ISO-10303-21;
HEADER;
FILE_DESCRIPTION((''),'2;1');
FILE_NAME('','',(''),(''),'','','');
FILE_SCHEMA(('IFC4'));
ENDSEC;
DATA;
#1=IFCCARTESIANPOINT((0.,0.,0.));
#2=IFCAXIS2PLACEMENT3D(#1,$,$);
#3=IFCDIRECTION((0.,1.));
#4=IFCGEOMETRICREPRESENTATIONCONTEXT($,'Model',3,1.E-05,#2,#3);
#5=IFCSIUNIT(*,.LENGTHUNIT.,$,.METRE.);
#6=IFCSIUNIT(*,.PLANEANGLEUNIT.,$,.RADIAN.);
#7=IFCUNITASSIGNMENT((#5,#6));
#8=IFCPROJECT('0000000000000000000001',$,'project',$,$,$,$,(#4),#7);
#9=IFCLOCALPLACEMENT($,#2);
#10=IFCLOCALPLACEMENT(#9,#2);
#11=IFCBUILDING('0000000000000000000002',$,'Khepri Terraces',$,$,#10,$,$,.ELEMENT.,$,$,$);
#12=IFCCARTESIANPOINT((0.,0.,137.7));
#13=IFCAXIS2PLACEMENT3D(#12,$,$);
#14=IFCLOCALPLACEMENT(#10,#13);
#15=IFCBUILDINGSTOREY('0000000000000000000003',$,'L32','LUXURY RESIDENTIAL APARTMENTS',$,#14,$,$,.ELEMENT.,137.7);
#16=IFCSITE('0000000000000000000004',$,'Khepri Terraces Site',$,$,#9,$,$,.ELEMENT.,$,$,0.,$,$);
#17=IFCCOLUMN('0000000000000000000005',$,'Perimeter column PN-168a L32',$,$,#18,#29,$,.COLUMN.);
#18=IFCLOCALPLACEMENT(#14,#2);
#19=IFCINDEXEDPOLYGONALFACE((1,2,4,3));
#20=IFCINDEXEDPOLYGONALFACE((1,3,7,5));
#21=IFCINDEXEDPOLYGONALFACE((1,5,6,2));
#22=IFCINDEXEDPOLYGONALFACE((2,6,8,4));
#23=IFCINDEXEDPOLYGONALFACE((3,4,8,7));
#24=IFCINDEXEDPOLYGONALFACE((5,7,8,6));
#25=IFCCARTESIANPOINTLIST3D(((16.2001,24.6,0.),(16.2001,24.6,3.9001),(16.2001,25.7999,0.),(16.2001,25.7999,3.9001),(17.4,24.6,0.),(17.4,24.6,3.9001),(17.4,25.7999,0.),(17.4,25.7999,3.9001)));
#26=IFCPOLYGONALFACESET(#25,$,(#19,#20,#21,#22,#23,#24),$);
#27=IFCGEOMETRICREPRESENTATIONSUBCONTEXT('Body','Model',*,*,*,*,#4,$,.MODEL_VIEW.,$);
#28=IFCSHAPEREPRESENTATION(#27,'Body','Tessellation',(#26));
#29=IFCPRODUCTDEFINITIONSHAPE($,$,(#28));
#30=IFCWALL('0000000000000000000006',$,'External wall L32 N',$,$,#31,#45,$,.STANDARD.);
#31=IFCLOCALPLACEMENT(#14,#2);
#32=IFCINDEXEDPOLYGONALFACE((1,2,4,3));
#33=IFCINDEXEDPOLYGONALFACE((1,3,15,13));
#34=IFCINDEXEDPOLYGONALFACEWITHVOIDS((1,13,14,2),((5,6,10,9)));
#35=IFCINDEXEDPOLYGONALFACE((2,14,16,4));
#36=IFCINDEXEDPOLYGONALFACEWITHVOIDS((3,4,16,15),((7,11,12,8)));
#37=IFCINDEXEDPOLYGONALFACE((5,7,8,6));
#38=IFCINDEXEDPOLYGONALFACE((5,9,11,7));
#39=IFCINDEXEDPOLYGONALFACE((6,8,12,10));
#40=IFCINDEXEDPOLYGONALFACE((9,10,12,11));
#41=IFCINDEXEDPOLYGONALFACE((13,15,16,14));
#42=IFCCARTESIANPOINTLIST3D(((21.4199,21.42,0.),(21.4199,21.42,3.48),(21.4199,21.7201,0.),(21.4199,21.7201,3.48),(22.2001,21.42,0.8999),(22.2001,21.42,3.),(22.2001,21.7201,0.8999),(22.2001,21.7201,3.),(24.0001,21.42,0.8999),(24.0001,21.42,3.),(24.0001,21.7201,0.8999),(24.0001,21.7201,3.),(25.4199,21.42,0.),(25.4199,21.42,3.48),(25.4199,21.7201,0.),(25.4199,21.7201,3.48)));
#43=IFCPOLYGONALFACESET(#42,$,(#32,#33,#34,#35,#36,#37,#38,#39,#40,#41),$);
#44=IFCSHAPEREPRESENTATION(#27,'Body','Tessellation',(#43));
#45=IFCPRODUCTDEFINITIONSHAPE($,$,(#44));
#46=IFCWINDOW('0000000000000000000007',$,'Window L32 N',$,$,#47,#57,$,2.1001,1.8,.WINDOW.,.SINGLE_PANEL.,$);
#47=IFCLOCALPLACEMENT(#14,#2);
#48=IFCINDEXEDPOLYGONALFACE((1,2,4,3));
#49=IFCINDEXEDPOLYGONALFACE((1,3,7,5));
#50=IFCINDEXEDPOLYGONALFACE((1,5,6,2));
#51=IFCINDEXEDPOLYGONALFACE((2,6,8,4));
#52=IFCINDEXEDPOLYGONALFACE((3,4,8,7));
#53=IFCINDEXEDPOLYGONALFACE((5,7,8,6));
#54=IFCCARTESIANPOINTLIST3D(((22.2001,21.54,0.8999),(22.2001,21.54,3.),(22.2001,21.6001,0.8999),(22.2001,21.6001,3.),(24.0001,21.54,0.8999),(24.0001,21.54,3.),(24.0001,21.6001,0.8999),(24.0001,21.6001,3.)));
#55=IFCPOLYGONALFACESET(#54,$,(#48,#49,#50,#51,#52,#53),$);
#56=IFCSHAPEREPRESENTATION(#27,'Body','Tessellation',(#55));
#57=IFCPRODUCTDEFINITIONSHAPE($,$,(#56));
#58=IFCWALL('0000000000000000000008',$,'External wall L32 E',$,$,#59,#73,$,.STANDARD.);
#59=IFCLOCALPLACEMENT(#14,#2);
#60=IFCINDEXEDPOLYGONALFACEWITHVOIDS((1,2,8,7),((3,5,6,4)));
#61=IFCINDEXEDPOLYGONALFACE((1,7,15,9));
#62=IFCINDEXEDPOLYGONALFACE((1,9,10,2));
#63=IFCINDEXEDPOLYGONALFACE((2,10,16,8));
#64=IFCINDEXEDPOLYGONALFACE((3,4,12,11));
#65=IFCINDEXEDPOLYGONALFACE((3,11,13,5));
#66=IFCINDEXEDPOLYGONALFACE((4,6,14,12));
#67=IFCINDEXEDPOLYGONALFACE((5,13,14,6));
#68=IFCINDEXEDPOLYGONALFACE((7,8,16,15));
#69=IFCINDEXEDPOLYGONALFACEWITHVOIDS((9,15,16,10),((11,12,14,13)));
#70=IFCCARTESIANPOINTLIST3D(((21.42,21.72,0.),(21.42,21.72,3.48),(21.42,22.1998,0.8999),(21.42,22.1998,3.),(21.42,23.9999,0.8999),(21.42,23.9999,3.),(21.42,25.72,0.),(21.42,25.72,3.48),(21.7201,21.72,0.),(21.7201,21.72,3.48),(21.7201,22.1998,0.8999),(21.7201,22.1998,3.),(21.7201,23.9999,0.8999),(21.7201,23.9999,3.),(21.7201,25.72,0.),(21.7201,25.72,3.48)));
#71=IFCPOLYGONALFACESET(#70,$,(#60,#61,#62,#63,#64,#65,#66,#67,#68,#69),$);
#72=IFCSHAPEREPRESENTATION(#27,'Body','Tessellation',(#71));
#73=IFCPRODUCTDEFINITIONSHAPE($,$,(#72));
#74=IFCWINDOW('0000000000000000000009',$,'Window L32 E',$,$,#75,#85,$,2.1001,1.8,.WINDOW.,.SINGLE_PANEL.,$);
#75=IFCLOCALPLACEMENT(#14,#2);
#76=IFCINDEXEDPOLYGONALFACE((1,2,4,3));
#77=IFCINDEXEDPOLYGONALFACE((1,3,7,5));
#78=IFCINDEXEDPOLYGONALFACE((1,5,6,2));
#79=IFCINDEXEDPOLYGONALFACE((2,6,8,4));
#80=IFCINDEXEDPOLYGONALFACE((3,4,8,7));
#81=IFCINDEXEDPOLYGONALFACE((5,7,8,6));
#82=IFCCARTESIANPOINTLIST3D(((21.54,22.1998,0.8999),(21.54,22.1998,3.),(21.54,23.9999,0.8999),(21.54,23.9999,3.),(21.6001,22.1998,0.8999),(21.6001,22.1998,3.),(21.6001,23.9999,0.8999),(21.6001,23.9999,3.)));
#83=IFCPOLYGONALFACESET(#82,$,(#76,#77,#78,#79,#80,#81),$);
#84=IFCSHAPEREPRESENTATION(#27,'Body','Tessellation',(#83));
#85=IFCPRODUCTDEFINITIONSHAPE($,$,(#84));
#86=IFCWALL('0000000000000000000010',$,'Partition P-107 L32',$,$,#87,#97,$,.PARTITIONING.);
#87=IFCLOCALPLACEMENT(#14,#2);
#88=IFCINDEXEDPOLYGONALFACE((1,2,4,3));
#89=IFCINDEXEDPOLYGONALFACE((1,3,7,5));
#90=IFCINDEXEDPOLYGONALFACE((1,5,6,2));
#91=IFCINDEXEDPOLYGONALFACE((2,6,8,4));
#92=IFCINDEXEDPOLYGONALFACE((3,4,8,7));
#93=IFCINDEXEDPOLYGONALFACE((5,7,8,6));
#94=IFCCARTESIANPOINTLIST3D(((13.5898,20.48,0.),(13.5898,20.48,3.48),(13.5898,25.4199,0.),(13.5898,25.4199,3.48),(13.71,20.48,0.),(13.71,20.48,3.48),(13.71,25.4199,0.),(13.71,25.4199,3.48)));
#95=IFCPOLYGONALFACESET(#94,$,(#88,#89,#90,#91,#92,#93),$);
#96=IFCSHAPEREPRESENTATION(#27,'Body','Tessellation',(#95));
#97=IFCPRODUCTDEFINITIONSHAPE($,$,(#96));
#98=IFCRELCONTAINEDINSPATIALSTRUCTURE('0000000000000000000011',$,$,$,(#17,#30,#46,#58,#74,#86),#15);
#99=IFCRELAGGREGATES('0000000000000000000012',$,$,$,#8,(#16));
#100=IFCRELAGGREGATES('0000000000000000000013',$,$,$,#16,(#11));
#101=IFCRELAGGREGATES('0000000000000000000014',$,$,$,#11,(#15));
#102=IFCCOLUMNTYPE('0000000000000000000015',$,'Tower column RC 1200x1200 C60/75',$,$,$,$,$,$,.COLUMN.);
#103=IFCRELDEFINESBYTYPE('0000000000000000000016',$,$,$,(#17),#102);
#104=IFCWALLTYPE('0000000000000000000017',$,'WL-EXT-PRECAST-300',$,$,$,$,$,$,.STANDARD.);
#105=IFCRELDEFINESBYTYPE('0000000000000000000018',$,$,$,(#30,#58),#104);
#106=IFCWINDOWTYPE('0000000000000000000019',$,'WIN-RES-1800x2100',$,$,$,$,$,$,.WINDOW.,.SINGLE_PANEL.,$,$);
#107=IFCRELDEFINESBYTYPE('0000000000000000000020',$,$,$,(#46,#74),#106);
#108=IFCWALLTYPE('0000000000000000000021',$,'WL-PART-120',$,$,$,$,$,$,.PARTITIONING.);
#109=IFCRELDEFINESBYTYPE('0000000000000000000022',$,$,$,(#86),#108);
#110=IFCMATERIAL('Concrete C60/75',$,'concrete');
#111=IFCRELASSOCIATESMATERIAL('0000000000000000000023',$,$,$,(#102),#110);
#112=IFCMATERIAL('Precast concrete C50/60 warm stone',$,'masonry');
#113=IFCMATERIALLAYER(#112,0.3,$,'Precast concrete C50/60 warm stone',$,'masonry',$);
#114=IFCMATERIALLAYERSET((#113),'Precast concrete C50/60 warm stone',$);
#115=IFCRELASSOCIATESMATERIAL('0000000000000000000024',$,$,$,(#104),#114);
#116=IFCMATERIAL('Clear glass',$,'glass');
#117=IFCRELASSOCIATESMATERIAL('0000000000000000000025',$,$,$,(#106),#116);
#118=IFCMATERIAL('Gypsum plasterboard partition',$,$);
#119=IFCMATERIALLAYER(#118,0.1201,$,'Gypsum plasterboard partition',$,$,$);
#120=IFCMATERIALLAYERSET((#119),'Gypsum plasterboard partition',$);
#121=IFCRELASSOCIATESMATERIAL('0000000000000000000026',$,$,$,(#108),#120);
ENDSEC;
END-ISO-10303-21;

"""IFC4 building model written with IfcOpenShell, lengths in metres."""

from ifc_helpers import new_model, si_unit, direction, frame, frame_2d, origin, origin_2d, place, context, subcontext, project, spatial, rectangle, extrude, material, layer, layer_set, material_profile, profile_set, type_object, element, fill, save


model = new_model("IFC4")

# Units and contexts
model_context = context("Model", 3, precision=1e-05, world=origin(), true_north=direction((0.0, 1.0)))
body_context = subcontext(model_context, "Body", "Model", "MODEL_VIEW")
ifc_project = project(units=[si_unit("LENGTHUNIT", "METRE"), si_unit("PLANEANGLEUNIT", "RADIAN")], contexts=[model_context])

# Site, building, storey
site_placement = place(None, origin())
site = spatial("IfcSite", under=ifc_project, at=site_placement, Name="Khepri Terraces Site", CompositionType="ELEMENT", RefElevation=0.0)
building_placement = place(site_placement, origin())
building = spatial("IfcBuilding", under=site, at=building_placement, Name="Khepri Terraces", CompositionType="ELEMENT")
storey_placement = place(building_placement, frame((0.0, 0.0, 137.7)))
storey = spatial("IfcBuildingStorey", under=building, at=storey_placement, Name="L32", Description="LUXURY RESIDENTIAL APARTMENTS", CompositionType="ELEMENT", Elevation=137.7)

# Column
ifc_material_1 = material(Name="Concrete C60/75", Category="concrete")
ifc_material_profile = material_profile(ifc_material_1, rectangle(XDim=1.2, YDim=1.2, at=origin_2d()), Name="Concrete C60/75", Category="concrete")
ifc_profile_set = profile_set([ifc_material_profile], Name="Concrete C60/75")
column_type = type_object("IfcColumnType", Name="Tower column RC 1200x1200 C60/75", PredefinedType="COLUMN", material=ifc_profile_set)
column_placement = place(storey_placement, frame((16.8, 25.2, 0.0), z_axis=(0.0, 0.0, 1.0), x_axis=(1.0, 0.0, 0.0)))
element("IfcColumn", 1, at=column_placement, inside=storey, type_object=column_type, Name="Perimeter column PN-168a L32", PredefinedType="COLUMN", context=body_context, shape_type="SweptSolid", body=[
    extrude(rectangle(XDim=1.2, YDim=1.2, at=origin_2d()), origin(), (0.0, 0.0, 1.0), 3.9001),
])

# Walls, openings, windows
ifc_material_2 = material(Name="Precast concrete C50/60 warm stone", Category="masonry")
ifc_layer_1 = layer(ifc_material_2, 0.3, Name="Precast concrete C50/60 warm stone", Category="masonry")
ifc_layer_set_1 = layer_set([ifc_layer_1], Name="Precast concrete C50/60 warm stone")
wall_type_1 = type_object("IfcWallType", Name="WL-EXT-PRECAST-300", PredefinedType="STANDARD", material=ifc_layer_set_1)
wall_1_placement = place(storey_placement, frame((25.4199, 21.5701, 0.0), z_axis=(0.0, 0.0, 1.0), x_axis=(-1.0, 0.0, 0.0)))
wall_1 = element("IfcWall", 2, at=wall_1_placement, inside=storey, type_object=wall_type_1, Name="External wall L32 N", PredefinedType="STANDARD", context=body_context, shape_type="SweptSolid", body=[
    extrude(rectangle(XDim=4.0, YDim=0.3, at=frame_2d((2.0, 0.0))), origin(), (0.0, 0.0, 1.0), 3.48),
])
opening_1_placement = place(wall_1_placement, frame((1.4199, 0.0, 0.8999)))
opening_1 = element("IfcOpeningElement", 3, at=opening_1_placement, cuts=wall_1, PredefinedType="OPENING", context=body_context, shape_type="SweptSolid", body=[
    extrude(rectangle(XDim=1.8, YDim=2.1001, at=frame_2d((0.8999, 1.05))), frame((0.0, 0.1602, 0.0), z_axis=(0.0, -1.0, 0.0), x_axis=(1.0, 0.0, 0.0)), (0.0, 0.0, 1.0), 0.3201),
])
ifc_material_3 = material(Name="Clear glass", Category="glass")
window_type = type_object("IfcWindowType", Name="WIN-RES-1800x2100", PartitioningType="SINGLE_PANEL", PredefinedType="WINDOW", material=ifc_material_3)
window_1_placement = place(opening_1_placement, origin())
window_1 = element("IfcWindow", 4, at=window_1_placement, inside=storey, type_object=window_type, Name="Window L32 N", OverallHeight=2.1001, OverallWidth=1.8, PartitioningType="SINGLE_PANEL", PredefinedType="WINDOW", context=body_context, shape_type="SweptSolid", body=[
    extrude(rectangle(XDim=1.8, YDim=2.1001, at=frame_2d((0.8999, 1.05))), frame((0.0, 0.03, 0.0), z_axis=(0.0, -1.0, 0.0), x_axis=(1.0, 0.0, 0.0)), (0.0, 0.0, 1.0), 0.0601),
])
fill(opening_1, window_1)
wall_2_placement = place(storey_placement, frame((21.5701, 21.72, 0.0), z_axis=(0.0, 0.0, 1.0), x_axis=(0.0, 1.0, 0.0)))
wall_2 = element("IfcWall", 5, at=wall_2_placement, inside=storey, type_object=wall_type_1, Name="External wall L32 E", PredefinedType="STANDARD", context=body_context, shape_type="SweptSolid", body=[
    extrude(rectangle(XDim=4.0, YDim=0.3, at=frame_2d((2.0, 0.0))), origin(), (0.0, 0.0, 1.0), 3.48),
])
opening_2_placement = place(wall_2_placement, frame((0.48, 0.0, 0.8999)))
opening_2 = element("IfcOpeningElement", 6, at=opening_2_placement, cuts=wall_2, PredefinedType="OPENING", context=body_context, shape_type="SweptSolid", body=[
    extrude(rectangle(XDim=1.8, YDim=2.1001, at=frame_2d((0.8999, 1.05))), frame((0.0, 0.1602, 0.0), z_axis=(0.0, -1.0, 0.0), x_axis=(1.0, 0.0, 0.0)), (0.0, 0.0, 1.0), 0.3201),
])
window_2_placement = place(opening_2_placement, origin())
window_2 = element("IfcWindow", 7, at=window_2_placement, inside=storey, type_object=window_type, Name="Window L32 E", OverallHeight=2.1001, OverallWidth=1.8, PartitioningType="SINGLE_PANEL", PredefinedType="WINDOW", context=body_context, shape_type="SweptSolid", body=[
    extrude(rectangle(XDim=1.8, YDim=2.1001, at=frame_2d((0.8999, 1.05))), frame((0.0, 0.03, 0.0), z_axis=(0.0, -1.0, 0.0), x_axis=(1.0, 0.0, 0.0)), (0.0, 0.0, 1.0), 0.0601),
])
fill(opening_2, window_2)

# Wall
ifc_material_4 = material(Name="Gypsum plasterboard partition")
ifc_layer_2 = layer(ifc_material_4, 0.1201, Name="Gypsum plasterboard partition")
ifc_layer_set_2 = layer_set([ifc_layer_2], Name="Gypsum plasterboard partition")
wall_type_2 = type_object("IfcWallType", Name="WL-PART-120", PredefinedType="PARTITIONING", material=ifc_layer_set_2)
wall_3_placement = place(storey_placement, frame((13.6499, 20.48, 0.0), z_axis=(0.0, 0.0, 1.0), x_axis=(0.0, 1.0, 0.0)))
element("IfcWall", 8, at=wall_3_placement, inside=storey, type_object=wall_type_2, Name="Partition P-107 L32", PredefinedType="PARTITIONING", context=body_context, shape_type="SweptSolid", body=[
    extrude(rectangle(XDim=4.9399, YDim=0.1201, at=frame_2d((2.47, 0.0))), origin(), (0.0, 0.0, 1.0), 3.48),
])

save(model, "model.ifc")
